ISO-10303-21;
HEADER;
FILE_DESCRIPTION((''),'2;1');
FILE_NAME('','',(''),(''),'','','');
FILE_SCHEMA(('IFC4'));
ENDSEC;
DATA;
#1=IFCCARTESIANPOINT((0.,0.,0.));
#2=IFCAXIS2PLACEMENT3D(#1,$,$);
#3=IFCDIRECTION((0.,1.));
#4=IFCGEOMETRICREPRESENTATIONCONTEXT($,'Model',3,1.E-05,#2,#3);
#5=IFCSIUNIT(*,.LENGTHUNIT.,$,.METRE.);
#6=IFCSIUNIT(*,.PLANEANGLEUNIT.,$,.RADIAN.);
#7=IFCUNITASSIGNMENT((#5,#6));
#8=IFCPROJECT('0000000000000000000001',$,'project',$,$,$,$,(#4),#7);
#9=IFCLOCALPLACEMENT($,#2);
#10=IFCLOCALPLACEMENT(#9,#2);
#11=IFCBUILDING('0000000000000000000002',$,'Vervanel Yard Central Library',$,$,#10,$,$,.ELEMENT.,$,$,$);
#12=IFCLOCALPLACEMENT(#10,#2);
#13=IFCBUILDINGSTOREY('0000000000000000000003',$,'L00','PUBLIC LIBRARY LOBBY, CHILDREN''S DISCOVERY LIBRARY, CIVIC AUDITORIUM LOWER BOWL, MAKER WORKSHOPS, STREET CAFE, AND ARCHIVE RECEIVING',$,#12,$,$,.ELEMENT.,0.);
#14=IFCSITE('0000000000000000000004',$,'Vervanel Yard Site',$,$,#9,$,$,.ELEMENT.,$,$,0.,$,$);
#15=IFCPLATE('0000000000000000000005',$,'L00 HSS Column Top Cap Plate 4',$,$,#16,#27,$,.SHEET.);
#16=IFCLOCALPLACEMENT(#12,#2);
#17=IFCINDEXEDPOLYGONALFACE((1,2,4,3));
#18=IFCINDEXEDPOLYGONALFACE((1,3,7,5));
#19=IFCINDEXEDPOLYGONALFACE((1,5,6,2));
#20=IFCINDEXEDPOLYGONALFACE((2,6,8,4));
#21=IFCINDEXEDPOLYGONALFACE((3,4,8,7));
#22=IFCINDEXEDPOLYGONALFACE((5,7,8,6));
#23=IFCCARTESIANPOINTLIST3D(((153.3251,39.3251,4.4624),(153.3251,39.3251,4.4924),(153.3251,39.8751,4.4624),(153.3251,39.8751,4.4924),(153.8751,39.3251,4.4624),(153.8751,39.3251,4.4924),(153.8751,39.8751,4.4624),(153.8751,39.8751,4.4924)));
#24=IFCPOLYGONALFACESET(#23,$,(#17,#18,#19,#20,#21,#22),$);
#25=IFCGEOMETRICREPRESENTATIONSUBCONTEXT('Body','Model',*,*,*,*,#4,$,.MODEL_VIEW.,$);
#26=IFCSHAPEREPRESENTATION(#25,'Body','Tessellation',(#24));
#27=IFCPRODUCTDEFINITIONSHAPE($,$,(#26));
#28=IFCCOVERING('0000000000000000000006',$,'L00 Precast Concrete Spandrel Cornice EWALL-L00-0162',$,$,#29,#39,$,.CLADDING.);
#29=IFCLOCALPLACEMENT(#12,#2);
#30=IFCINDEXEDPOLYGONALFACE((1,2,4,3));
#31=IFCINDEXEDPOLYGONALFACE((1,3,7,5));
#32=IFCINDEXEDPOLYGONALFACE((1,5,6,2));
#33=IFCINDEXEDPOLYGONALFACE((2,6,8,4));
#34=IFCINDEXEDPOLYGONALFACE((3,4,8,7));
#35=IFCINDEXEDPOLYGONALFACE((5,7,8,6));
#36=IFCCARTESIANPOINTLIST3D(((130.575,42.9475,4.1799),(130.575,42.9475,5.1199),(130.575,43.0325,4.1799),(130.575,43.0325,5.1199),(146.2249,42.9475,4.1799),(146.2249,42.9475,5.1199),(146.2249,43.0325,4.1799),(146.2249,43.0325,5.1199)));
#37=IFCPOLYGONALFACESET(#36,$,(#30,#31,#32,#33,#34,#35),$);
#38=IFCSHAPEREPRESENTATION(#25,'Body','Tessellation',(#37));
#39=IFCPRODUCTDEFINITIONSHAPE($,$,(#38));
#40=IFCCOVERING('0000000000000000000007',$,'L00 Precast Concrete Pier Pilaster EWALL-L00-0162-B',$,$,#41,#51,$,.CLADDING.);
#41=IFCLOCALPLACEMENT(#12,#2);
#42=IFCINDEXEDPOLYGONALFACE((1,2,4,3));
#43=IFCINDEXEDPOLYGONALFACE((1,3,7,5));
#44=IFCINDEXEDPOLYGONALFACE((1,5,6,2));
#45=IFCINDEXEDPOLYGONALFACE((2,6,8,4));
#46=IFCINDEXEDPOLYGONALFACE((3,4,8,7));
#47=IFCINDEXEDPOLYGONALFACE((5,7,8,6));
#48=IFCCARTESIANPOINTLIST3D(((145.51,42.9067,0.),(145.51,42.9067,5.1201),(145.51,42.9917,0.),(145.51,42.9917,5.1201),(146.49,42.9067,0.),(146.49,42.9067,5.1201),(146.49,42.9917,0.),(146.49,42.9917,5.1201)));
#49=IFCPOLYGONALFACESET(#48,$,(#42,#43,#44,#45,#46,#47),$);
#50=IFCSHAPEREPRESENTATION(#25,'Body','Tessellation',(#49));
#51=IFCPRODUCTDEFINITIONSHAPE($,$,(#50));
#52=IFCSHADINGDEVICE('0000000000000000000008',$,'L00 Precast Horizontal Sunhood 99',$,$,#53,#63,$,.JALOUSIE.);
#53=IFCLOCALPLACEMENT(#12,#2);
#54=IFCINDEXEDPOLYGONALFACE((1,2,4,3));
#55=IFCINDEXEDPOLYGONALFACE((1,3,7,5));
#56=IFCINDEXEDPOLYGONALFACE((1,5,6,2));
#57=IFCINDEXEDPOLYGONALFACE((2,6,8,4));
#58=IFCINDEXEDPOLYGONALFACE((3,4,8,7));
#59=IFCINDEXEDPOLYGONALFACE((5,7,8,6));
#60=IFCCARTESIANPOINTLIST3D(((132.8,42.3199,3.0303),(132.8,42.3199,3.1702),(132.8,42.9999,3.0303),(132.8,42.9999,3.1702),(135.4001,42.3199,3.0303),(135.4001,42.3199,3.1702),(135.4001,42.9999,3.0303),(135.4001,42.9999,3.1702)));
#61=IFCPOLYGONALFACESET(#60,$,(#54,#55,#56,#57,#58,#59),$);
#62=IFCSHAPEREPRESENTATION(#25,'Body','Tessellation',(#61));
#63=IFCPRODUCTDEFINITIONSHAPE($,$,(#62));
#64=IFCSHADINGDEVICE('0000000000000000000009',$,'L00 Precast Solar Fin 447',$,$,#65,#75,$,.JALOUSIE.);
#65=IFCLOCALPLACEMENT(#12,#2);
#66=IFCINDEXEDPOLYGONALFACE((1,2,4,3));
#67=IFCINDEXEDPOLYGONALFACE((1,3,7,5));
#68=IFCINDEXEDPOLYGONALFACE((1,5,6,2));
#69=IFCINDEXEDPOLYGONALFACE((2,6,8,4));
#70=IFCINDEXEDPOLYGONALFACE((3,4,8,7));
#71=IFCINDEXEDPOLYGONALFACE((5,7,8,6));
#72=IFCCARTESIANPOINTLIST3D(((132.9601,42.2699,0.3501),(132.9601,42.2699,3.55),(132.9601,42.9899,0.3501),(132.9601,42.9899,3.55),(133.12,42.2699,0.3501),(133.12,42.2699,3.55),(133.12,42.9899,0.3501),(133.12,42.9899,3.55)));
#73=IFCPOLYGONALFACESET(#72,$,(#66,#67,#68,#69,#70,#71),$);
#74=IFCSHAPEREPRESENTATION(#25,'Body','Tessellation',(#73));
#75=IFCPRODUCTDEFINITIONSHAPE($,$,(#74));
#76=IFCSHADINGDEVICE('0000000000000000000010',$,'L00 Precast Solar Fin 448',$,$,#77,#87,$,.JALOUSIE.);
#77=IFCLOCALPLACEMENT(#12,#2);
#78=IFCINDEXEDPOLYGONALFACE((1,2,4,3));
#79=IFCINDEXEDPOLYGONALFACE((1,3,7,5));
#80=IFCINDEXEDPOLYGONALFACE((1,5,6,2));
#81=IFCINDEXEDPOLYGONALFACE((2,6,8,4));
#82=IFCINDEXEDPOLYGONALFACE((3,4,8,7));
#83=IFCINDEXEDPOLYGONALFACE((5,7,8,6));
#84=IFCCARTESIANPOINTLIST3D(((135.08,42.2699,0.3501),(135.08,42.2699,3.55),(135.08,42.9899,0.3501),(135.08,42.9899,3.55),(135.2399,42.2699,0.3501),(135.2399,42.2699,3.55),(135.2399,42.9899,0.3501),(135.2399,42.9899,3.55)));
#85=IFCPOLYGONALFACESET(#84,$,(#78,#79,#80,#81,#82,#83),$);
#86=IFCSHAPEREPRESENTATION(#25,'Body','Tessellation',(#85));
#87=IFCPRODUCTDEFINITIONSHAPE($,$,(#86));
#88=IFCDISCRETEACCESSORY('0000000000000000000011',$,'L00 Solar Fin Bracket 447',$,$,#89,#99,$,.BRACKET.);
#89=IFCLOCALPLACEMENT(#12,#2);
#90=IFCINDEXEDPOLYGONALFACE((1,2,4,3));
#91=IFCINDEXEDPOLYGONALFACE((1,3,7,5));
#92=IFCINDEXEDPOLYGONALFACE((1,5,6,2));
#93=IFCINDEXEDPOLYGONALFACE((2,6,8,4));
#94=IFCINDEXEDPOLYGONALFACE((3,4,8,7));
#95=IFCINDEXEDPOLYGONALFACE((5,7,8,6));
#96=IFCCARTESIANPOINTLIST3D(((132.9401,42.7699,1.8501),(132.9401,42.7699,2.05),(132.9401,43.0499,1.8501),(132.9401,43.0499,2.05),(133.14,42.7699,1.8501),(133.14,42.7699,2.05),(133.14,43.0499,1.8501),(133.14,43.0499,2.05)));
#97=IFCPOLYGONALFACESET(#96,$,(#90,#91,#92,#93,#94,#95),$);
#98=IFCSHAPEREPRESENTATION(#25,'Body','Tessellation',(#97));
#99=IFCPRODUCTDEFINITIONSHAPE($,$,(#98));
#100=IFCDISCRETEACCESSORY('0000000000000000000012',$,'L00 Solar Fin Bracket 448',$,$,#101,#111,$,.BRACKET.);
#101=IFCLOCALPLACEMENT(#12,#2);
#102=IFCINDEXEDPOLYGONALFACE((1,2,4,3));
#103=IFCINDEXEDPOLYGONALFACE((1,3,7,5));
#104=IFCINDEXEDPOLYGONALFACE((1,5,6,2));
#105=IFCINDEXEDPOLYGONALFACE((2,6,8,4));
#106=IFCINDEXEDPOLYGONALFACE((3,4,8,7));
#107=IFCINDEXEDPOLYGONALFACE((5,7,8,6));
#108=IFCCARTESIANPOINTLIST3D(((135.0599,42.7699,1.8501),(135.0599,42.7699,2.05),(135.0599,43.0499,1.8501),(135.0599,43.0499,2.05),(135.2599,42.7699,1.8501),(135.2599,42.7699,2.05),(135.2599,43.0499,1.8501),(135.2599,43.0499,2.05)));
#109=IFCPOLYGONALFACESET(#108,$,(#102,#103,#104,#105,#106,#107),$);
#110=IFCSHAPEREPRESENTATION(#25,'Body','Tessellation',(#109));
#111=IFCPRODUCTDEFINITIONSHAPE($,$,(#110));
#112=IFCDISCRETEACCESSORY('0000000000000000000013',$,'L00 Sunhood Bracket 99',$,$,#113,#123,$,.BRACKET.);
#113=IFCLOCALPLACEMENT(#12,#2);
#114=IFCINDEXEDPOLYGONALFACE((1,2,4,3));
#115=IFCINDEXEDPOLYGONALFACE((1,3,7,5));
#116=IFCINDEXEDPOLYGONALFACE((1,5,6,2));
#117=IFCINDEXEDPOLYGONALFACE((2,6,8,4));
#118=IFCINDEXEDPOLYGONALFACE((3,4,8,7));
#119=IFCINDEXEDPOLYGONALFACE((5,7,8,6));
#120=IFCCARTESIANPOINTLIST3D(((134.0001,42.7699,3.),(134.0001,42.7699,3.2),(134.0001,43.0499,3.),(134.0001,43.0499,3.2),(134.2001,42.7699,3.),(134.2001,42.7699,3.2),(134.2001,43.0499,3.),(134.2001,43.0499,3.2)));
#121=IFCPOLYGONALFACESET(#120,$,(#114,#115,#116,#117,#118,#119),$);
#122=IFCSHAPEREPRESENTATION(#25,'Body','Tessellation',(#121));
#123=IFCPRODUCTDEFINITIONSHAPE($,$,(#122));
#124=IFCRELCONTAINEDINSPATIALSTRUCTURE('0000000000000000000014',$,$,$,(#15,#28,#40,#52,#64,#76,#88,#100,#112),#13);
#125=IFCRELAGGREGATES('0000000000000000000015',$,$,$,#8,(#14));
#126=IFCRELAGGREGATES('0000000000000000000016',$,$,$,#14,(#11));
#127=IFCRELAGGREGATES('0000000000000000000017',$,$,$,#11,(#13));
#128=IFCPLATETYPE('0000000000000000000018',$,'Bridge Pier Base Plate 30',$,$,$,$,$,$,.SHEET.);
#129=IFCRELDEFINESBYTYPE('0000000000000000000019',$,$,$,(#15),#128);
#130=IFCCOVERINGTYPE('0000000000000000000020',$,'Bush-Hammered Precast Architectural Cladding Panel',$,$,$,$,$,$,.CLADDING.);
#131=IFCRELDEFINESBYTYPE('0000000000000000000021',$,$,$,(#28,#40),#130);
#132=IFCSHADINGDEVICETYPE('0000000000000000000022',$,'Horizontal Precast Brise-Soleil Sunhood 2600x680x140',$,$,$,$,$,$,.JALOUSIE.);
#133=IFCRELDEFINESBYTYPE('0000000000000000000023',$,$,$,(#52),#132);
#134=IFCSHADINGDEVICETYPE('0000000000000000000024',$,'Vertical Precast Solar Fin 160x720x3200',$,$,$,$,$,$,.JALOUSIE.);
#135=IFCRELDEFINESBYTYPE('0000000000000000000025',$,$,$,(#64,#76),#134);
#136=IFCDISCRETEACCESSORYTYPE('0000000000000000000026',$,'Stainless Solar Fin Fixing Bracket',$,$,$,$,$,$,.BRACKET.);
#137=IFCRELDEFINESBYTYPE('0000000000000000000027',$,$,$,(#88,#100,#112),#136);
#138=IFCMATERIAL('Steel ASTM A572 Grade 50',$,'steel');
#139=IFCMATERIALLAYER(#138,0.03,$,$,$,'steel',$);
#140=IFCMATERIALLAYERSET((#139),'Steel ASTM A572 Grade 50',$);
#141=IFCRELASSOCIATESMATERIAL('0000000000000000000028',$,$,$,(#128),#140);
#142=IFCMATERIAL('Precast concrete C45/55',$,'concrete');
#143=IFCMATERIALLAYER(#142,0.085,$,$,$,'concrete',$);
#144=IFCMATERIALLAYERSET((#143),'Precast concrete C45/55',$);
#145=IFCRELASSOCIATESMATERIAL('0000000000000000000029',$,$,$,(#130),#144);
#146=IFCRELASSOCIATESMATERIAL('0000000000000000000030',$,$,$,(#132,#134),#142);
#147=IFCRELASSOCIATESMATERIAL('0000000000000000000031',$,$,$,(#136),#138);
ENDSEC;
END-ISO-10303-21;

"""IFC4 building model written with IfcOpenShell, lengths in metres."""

from ifc_helpers import new_model, si_unit, direction, frame, origin, origin_2d, place, context, subcontext, project, spatial, rectangle, extrude, material, layer, layer_set, type_object, element, save


model = new_model("IFC4")

# Units and contexts
model_context = context("Model", 3, precision=1e-05, world=origin(), true_north=direction((0.0, 1.0)))
body_context = subcontext(model_context, "Body", "Model", "MODEL_VIEW")
ifc_project = project(units=[si_unit("LENGTHUNIT", "METRE"), si_unit("PLANEANGLEUNIT", "RADIAN")], contexts=[model_context])

# Site, building, storey
site_placement = place(None, origin())
site = spatial("IfcSite", under=ifc_project, at=site_placement, Name="Vervanel Yard Site", CompositionType="ELEMENT", RefElevation=0.0)
building_placement = place(site_placement, origin())
building = spatial("IfcBuilding", under=site, at=building_placement, Name="Vervanel Yard Central Library", CompositionType="ELEMENT")
storey_placement = place(building_placement, origin())
storey = spatial("IfcBuildingStorey", under=building, at=storey_placement, Name="L00", Description="PUBLIC LIBRARY LOBBY, CHILDREN'S DISCOVERY LIBRARY, CIVIC AUDITORIUM LOWER BOWL, MAKER WORKSHOPS, STREET CAFE, AND ARCHIVE RECEIVING", CompositionType="ELEMENT", Elevation=0.0)

# Plate
ifc_material_1 = material(Name="Steel ASTM A572 Grade 50", Category="steel")
ifc_layer_1 = layer(ifc_material_1, 0.03, Category="steel")
ifc_layer_set_1 = layer_set([ifc_layer_1], Name="Steel ASTM A572 Grade 50")
plate_type = type_object("IfcPlateType", Name="Bridge Pier Base Plate 30", PredefinedType="SHEET", material=ifc_layer_set_1)
for number, where, z_axis, x_axis, name in (
    (1, (153.6001, 39.6001, 4.4624), (0.0, 0.0, 1.0), (1.0, 0.0, 0.0), "L00 HSS Column Top Cap Plate 4"),
):
    element("IfcPlate", number, at=place(storey_placement, frame(where, z_axis=z_axis, x_axis=x_axis)), inside=storey, type_object=plate_type, Name=name, PredefinedType="SHEET", context=body_context, shape_type="SweptSolid", body=[
        extrude(rectangle(XDim=0.55, YDim=0.55, at=origin_2d()), origin(), (0.0, 0.0, 1.0), 0.03),
    ])

# Coverings
ifc_material_2 = material(Name="Precast concrete C45/55", Category="concrete")
ifc_layer_2 = layer(ifc_material_2, 0.085, Category="concrete")
ifc_layer_set_2 = layer_set([ifc_layer_2], Name="Precast concrete C45/55")
covering_type = type_object("IfcCoveringType", Name="Bush-Hammered Precast Architectural Cladding Panel", PredefinedType="CLADDING", material=ifc_layer_set_2)
covering_1_placement = place(storey_placement, frame((138.3999, 42.99, 4.1799), z_axis=(0.0, 0.0, 1.0), x_axis=(1.0, 0.0, 0.0)))
element("IfcCovering", 2, at=covering_1_placement, inside=storey, type_object=covering_type, Name="L00 Precast Concrete Spandrel Cornice EWALL-L00-0162", PredefinedType="CLADDING", context=body_context, shape_type="SweptSolid", body=[
    extrude(rectangle(XDim=15.6499, YDim=0.085, at=origin_2d()), origin(), (0.0, 0.0, 1.0), 0.9399),
])
covering_2_placement = place(storey_placement, frame((146.0, 42.9492, 0.0), z_axis=(0.0, 0.0, 1.0), x_axis=(1.0, 0.0, 0.0)))
element("IfcCovering", 3, at=covering_2_placement, inside=storey, type_object=covering_type, Name="L00 Precast Concrete Pier Pilaster EWALL-L00-0162-B", PredefinedType="CLADDING", context=body_context, shape_type="SweptSolid", body=[
    extrude(rectangle(XDim=0.98, YDim=0.085, at=origin_2d()), origin(), (0.0, 0.0, 1.0), 5.1201),
])

# Shading devices
shading_device_type_1 = type_object("IfcShadingDeviceType", Name="Horizontal Precast Brise-Soleil Sunhood 2600x680x140", PredefinedType="JALOUSIE", material=ifc_material_2)
shading_device_placement = place(storey_placement, frame((134.1001, 42.6599, 3.0303), z_axis=(0.0, 0.0, 1.0), x_axis=(1.0, 0.0, 0.0)))
element("IfcShadingDevice", 4, at=shading_device_placement, inside=storey, type_object=shading_device_type_1, Name="L00 Precast Horizontal Sunhood 99", PredefinedType="JALOUSIE", context=body_context, shape_type="SweptSolid", body=[
    extrude(rectangle(XDim=2.6001, YDim=0.6799, at=origin_2d()), origin(), (0.0, 0.0, 1.0), 0.1399),
])
shading_device_type_2 = type_object("IfcShadingDeviceType", Name="Vertical Precast Solar Fin 160x720x3200", PredefinedType="JALOUSIE", material=ifc_material_2)
for number, where, z_axis, x_axis, name in (
    (5, (133.04, 42.6299, 0.3501), (0.0, 0.0, 1.0), (1.0, 0.0, 0.0), "L00 Precast Solar Fin 447"),
    (6, (135.1599, 42.6299, 0.3501), (0.0, 0.0, 1.0), (1.0, 0.0, 0.0), "L00 Precast Solar Fin 448"),
):
    element("IfcShadingDevice", number, at=place(storey_placement, frame(where, z_axis=z_axis, x_axis=x_axis)), inside=storey, type_object=shading_device_type_2, Name=name, PredefinedType="JALOUSIE", context=body_context, shape_type="SweptSolid", body=[
        extrude(rectangle(XDim=0.1599, YDim=0.72, at=origin_2d()), origin(), (0.0, 0.0, 1.0), 3.2),
    ])

# Discrete accessories
discrete_accessory_type = type_object("IfcDiscreteAccessoryType", Name="Stainless Solar Fin Fixing Bracket", PredefinedType="BRACKET", material=ifc_material_1)
for number, where, z_axis, x_axis, name in (
    (7, (133.04, 42.9099, 1.8501), (0.0, 0.0, 1.0), (1.0, 0.0, 0.0), "L00 Solar Fin Bracket 447"),
    (8, (135.1599, 42.9099, 1.8501), (0.0, 0.0, 1.0), (1.0, 0.0, 0.0), "L00 Solar Fin Bracket 448"),
    (9, (134.1001, 42.9099, 3.0), (0.0, 0.0, 1.0), (1.0, 0.0, 0.0), "L00 Sunhood Bracket 99"),
):
    element("IfcDiscreteAccessory", number, at=place(storey_placement, frame(where, z_axis=z_axis, x_axis=x_axis)), inside=storey, type_object=discrete_accessory_type, Name=name, PredefinedType="BRACKET", context=body_context, shape_type="SweptSolid", body=[
        extrude(rectangle(XDim=0.2, YDim=0.28, at=origin_2d()), origin(), (0.0, 0.0, 1.0), 0.2),
    ])

save(model, "model.ifc")
